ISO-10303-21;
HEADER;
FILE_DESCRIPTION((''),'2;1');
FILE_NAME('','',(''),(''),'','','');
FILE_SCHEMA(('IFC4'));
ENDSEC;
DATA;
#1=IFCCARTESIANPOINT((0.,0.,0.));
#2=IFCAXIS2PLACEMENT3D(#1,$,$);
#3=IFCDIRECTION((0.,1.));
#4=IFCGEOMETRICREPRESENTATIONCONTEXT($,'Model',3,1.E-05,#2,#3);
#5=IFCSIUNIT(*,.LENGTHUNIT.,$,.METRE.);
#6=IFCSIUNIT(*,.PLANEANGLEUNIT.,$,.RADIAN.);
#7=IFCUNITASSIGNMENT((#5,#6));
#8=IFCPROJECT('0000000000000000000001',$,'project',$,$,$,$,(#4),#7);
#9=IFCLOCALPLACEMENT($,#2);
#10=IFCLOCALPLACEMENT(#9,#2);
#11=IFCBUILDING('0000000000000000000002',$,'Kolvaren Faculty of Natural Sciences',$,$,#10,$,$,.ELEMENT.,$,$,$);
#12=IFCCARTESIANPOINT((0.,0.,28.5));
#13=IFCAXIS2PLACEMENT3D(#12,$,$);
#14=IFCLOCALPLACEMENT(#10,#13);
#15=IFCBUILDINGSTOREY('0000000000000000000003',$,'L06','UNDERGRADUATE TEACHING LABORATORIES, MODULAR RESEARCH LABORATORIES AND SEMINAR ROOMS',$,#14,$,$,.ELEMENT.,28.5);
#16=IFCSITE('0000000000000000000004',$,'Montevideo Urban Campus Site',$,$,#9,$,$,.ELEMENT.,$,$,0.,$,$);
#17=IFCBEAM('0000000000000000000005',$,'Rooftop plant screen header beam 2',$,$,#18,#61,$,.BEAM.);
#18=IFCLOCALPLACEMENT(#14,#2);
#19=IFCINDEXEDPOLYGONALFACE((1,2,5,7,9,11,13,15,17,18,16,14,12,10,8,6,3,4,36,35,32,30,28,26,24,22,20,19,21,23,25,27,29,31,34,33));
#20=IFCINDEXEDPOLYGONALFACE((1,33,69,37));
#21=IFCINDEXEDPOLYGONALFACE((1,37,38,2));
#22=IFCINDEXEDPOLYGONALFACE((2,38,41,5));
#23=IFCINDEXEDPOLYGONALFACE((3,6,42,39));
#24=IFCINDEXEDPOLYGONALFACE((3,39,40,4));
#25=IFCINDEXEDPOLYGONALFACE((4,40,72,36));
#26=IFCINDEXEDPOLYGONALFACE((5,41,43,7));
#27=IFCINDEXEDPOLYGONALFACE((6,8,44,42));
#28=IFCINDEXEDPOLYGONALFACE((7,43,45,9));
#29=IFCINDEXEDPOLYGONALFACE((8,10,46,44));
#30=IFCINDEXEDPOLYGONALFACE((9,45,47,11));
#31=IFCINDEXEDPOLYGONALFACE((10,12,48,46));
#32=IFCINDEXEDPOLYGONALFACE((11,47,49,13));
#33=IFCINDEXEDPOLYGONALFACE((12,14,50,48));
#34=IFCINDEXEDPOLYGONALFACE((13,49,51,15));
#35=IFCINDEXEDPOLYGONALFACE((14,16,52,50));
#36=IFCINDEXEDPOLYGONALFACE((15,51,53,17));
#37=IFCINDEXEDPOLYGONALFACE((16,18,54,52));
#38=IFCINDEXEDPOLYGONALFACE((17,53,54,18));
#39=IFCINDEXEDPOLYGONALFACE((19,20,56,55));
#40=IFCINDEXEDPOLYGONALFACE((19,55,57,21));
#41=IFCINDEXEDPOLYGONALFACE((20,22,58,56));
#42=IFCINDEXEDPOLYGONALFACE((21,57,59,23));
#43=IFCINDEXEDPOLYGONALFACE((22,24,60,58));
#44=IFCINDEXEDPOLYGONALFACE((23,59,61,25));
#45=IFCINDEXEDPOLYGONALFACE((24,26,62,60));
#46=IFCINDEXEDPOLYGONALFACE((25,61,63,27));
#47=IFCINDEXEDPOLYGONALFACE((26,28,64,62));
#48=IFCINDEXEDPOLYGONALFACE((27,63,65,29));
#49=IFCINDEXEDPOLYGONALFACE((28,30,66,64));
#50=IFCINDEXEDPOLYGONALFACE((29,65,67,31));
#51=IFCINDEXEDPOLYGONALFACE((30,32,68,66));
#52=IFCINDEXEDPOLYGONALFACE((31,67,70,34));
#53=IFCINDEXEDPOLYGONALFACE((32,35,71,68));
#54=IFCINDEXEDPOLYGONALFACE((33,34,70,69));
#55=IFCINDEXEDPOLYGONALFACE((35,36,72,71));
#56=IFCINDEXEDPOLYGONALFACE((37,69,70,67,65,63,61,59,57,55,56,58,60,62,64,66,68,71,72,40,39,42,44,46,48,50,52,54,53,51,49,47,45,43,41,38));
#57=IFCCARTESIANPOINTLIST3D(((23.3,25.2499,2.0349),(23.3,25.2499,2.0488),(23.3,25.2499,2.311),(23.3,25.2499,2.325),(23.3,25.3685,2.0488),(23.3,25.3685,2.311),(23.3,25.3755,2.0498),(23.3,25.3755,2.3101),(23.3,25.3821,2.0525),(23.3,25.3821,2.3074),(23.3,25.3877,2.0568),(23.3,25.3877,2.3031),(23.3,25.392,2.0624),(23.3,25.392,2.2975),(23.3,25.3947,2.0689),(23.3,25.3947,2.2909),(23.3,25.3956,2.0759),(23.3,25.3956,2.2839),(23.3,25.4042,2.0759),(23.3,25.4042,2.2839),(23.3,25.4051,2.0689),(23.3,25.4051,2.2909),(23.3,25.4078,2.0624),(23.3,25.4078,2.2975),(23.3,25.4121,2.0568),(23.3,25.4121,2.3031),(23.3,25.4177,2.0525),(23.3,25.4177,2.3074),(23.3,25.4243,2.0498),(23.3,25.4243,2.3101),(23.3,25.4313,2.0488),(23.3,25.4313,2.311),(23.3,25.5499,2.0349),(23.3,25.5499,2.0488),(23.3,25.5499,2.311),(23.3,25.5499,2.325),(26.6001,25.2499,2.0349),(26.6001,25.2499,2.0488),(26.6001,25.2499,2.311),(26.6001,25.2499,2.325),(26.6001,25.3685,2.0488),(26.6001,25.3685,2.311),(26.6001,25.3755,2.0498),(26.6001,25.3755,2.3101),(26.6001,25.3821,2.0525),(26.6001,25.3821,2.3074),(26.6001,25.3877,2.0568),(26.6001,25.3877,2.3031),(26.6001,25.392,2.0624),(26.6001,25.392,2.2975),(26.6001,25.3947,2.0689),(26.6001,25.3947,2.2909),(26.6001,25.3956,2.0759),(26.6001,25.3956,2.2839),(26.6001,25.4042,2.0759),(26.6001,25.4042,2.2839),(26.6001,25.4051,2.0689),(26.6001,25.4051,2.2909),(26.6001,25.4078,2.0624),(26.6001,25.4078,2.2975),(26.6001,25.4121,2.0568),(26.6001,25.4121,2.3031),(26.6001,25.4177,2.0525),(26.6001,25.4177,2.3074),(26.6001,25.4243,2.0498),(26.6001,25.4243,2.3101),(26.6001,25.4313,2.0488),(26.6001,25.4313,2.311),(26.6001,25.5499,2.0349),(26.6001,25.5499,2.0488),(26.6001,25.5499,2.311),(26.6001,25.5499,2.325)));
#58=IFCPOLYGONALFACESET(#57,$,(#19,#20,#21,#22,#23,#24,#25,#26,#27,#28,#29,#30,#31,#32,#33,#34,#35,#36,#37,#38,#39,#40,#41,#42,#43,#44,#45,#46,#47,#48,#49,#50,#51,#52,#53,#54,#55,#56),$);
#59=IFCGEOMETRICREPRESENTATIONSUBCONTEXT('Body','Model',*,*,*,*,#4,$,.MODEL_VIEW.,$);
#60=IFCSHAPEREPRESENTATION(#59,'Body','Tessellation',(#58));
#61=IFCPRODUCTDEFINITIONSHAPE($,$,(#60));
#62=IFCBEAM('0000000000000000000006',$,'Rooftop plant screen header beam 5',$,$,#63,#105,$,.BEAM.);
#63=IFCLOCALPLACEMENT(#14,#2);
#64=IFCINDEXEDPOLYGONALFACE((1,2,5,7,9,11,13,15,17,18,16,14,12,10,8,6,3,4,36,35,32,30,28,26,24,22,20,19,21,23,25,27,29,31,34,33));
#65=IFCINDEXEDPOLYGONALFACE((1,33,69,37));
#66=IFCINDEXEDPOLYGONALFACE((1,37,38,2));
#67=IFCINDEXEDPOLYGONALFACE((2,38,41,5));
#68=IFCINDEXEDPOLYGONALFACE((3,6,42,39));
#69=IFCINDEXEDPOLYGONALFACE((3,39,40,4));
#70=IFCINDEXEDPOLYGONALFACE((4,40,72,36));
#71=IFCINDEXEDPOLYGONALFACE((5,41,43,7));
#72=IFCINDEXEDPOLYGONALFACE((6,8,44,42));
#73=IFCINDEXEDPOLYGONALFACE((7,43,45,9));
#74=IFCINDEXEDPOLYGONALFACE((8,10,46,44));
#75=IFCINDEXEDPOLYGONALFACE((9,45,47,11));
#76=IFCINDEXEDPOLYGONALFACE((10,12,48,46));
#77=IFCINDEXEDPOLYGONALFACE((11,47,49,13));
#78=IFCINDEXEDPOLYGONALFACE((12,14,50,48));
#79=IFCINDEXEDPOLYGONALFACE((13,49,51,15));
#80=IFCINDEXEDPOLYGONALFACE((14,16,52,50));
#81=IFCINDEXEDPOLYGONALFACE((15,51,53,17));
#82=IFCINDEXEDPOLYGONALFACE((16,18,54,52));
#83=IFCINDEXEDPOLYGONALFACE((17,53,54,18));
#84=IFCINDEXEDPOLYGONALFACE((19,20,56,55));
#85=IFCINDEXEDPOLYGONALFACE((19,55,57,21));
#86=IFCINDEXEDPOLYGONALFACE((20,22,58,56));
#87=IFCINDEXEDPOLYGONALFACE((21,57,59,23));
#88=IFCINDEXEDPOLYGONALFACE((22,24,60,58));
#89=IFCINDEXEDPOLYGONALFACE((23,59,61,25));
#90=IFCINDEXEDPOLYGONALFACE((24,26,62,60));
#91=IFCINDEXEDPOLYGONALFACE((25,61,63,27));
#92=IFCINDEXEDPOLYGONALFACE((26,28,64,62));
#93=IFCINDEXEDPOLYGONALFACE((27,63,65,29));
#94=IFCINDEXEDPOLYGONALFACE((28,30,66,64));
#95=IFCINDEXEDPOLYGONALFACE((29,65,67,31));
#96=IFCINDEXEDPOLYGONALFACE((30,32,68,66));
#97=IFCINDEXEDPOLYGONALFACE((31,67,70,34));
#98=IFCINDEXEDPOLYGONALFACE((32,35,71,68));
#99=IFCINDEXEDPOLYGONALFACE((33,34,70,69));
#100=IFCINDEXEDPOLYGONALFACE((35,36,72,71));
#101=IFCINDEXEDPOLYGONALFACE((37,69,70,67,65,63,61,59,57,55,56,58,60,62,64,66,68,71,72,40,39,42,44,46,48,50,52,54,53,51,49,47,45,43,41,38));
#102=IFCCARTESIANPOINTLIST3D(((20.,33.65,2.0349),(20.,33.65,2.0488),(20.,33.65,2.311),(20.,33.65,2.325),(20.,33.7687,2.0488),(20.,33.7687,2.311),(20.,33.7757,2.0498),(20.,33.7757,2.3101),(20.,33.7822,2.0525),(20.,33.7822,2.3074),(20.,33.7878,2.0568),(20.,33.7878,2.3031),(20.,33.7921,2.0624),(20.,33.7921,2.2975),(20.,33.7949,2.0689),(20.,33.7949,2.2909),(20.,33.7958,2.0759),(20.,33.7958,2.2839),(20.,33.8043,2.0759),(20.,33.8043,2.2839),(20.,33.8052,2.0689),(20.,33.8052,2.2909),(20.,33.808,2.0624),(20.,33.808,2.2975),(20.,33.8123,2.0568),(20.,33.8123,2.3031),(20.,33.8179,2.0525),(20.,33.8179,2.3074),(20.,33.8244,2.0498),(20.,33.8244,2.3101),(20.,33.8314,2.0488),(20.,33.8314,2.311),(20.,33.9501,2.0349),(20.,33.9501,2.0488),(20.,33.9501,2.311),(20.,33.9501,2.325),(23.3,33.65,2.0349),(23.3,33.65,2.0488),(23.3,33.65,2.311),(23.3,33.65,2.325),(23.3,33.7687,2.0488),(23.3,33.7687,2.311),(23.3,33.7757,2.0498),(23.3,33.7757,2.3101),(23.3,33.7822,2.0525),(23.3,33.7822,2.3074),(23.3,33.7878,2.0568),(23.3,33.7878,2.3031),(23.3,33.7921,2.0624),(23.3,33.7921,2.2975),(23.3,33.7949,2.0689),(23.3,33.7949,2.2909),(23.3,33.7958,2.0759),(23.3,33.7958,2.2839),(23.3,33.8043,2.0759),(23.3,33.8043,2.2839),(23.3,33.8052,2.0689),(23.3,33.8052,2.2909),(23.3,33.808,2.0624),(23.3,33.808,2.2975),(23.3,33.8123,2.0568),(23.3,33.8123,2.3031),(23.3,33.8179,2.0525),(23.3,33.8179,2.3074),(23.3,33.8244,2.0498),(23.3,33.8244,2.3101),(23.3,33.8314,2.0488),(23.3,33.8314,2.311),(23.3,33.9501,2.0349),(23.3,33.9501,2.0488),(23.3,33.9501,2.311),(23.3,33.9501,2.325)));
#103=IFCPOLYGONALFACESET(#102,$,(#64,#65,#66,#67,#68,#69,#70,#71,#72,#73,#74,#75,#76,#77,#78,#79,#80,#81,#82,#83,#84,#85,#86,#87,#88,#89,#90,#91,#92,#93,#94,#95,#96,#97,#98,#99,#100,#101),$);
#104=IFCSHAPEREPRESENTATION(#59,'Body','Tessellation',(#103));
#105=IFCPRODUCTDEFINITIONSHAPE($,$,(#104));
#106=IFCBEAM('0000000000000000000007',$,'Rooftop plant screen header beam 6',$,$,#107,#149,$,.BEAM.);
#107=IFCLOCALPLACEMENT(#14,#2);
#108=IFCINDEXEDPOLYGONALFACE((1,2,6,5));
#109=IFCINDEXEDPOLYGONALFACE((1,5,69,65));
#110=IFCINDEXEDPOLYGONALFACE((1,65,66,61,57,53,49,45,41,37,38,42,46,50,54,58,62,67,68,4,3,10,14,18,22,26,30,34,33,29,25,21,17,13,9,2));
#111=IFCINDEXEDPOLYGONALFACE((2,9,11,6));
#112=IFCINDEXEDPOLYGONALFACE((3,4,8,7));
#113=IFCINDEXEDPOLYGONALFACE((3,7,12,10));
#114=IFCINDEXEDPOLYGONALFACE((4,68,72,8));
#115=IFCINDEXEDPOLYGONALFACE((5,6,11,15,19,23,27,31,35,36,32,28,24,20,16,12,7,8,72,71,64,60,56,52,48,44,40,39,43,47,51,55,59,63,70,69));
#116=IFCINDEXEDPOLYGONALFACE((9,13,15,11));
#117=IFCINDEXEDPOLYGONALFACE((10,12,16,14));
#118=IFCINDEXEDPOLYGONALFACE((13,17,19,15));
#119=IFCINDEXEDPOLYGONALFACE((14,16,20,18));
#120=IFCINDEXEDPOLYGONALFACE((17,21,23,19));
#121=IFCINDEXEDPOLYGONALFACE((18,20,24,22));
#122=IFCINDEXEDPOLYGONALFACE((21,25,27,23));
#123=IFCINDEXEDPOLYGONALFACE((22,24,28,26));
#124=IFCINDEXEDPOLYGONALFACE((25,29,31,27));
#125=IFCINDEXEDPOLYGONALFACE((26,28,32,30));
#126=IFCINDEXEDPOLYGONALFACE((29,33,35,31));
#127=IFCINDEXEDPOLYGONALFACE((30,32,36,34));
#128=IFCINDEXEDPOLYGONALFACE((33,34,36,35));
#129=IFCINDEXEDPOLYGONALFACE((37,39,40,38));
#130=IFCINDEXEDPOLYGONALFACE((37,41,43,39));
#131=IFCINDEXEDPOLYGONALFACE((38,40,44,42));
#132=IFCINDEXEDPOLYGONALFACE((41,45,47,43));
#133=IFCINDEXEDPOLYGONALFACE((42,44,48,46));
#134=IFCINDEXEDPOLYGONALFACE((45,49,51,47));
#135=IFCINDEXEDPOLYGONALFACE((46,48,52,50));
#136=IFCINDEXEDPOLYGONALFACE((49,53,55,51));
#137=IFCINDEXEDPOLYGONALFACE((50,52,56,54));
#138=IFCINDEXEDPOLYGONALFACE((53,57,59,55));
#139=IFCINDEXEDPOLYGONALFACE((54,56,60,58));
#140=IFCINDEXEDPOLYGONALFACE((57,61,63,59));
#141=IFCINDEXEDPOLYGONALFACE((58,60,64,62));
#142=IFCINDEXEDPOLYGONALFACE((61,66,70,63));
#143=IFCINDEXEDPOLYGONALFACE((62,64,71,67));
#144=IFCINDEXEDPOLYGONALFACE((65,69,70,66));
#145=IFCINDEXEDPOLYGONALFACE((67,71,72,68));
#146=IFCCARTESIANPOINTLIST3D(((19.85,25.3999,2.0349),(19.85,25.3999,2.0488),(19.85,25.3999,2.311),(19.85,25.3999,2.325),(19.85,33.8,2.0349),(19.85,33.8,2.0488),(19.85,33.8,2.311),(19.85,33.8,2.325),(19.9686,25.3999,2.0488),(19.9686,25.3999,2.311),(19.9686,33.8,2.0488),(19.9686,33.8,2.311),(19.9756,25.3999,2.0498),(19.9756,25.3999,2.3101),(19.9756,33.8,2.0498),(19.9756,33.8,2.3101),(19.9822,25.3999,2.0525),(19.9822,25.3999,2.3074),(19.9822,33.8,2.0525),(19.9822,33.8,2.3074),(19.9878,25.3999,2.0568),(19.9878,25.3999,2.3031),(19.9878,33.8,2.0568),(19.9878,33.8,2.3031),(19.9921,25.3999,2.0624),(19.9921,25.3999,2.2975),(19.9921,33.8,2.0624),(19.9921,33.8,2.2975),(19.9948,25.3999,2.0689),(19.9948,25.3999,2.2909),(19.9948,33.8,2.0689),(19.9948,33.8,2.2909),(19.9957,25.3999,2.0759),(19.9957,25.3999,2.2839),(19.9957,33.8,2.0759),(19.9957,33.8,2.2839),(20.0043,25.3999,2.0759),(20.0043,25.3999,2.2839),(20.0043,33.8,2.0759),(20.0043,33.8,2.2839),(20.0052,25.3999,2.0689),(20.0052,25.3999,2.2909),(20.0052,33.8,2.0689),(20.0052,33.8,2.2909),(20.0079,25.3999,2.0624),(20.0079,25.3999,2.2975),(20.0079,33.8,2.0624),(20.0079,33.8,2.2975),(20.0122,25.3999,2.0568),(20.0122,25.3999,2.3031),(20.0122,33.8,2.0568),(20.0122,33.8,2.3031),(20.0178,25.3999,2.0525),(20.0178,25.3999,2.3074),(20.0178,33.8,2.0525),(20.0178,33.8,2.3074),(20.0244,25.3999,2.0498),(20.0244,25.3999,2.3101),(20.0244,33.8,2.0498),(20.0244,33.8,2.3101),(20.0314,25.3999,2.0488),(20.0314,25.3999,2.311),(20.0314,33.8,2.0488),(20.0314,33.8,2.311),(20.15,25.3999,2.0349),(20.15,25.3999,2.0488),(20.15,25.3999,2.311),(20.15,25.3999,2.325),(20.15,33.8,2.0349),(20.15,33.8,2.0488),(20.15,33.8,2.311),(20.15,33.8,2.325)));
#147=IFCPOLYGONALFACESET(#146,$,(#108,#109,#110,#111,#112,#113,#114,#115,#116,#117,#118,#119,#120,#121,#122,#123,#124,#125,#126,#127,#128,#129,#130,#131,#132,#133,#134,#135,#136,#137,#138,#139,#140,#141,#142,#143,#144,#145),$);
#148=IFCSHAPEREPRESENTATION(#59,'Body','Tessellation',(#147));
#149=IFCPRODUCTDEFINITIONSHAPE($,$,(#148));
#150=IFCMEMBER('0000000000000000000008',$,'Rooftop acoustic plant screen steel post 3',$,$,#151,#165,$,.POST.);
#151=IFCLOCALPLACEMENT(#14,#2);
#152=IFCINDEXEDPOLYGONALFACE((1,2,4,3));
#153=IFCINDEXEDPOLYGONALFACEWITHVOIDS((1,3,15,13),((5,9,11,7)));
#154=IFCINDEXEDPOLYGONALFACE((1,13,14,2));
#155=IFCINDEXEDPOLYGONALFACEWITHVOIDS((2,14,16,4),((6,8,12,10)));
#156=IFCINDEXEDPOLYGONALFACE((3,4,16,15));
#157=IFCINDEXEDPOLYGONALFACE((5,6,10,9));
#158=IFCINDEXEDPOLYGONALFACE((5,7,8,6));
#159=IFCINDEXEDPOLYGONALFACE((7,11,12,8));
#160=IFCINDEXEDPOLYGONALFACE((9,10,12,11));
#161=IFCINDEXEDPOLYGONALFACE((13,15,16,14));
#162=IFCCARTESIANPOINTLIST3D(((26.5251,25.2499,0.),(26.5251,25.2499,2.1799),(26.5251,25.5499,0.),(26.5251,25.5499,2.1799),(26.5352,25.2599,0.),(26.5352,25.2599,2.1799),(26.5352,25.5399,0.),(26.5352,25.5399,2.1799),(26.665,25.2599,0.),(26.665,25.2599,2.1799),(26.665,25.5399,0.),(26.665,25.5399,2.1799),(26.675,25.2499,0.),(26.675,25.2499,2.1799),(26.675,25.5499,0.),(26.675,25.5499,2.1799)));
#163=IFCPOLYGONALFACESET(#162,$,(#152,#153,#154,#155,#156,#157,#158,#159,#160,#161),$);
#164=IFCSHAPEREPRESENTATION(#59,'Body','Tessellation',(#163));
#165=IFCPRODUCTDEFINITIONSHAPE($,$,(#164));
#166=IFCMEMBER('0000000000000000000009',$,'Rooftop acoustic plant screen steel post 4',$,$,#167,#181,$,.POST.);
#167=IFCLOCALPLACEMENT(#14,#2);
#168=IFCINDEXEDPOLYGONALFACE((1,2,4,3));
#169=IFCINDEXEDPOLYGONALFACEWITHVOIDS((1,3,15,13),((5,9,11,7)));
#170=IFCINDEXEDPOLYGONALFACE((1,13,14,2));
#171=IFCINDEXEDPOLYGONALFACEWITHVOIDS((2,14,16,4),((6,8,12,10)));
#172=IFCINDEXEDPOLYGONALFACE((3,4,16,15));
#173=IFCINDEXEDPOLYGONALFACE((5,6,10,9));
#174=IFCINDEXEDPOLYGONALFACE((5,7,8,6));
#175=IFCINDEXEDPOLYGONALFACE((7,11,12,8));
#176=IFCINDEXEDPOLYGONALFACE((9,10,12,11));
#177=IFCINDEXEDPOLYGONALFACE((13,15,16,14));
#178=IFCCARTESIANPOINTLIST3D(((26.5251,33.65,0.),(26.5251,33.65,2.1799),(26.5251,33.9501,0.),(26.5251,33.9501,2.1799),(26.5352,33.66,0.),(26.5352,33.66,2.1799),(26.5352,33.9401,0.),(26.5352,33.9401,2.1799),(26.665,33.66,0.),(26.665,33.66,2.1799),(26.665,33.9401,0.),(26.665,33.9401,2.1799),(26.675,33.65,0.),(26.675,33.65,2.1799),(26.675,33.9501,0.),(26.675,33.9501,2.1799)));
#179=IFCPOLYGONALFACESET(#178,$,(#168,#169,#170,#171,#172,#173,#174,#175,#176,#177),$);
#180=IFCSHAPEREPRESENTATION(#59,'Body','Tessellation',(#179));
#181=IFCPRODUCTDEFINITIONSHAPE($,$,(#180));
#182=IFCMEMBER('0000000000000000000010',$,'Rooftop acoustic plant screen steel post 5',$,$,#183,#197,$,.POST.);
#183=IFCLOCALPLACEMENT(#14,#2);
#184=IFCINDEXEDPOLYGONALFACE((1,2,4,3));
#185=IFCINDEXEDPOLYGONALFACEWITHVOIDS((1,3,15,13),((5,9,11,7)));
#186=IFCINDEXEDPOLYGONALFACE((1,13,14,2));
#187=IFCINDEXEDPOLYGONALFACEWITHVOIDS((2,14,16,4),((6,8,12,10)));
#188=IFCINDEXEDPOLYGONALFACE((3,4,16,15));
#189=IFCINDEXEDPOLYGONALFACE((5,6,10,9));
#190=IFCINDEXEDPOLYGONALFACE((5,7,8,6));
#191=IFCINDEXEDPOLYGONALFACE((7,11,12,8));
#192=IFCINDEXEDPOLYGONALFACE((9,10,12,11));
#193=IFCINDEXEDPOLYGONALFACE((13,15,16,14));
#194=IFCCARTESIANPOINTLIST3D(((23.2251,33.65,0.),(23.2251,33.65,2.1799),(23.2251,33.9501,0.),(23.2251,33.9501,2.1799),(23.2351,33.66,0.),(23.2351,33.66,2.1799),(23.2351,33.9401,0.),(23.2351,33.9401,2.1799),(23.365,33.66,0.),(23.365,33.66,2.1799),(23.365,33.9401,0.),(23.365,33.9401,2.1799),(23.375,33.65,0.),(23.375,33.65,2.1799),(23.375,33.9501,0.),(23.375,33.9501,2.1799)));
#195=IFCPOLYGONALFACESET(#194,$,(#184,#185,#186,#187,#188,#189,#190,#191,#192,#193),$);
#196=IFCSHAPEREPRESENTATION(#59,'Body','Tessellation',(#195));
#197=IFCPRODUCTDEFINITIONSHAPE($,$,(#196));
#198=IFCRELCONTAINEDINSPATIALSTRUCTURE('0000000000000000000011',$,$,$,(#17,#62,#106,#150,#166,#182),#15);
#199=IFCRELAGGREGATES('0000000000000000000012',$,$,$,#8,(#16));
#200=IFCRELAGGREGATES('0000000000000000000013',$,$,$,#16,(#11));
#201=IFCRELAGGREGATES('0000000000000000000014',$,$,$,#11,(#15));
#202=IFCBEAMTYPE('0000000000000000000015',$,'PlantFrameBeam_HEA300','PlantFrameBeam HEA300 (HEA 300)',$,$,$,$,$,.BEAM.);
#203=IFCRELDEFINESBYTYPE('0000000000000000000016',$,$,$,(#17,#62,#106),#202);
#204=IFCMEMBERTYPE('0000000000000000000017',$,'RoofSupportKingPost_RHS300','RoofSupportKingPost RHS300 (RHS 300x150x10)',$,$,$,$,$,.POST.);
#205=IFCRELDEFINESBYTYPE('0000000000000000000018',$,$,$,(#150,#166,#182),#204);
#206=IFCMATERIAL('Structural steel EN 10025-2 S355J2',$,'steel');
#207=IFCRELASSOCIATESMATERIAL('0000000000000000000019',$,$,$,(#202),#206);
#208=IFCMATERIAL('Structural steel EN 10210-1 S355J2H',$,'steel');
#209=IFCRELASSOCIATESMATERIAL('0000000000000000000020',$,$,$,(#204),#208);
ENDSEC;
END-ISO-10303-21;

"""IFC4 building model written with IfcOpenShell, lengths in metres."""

from ifc_helpers import new_model, si_unit, direction, frame, origin, origin_2d, place, context, subcontext, project, spatial, hollow_rectangle, i_section, extrude, material, material_profile, profile_set, type_object, element, save


model = new_model("IFC4")

# Units and contexts
model_context = context("Model", 3, precision=1e-05, world=origin(), true_north=direction((0.0, 1.0)))
body_context = subcontext(model_context, "Body", "Model", "MODEL_VIEW")
ifc_project = project(units=[si_unit("LENGTHUNIT", "METRE"), si_unit("PLANEANGLEUNIT", "RADIAN")], contexts=[model_context])

# Site, building, storey
site_placement = place(None, origin())
site = spatial("IfcSite", under=ifc_project, at=site_placement, Name="Montevideo Urban Campus Site", CompositionType="ELEMENT", RefElevation=0.0)
building_placement = place(site_placement, origin())
building = spatial("IfcBuilding", under=site, at=building_placement, Name="Kolvaren Faculty of Natural Sciences", CompositionType="ELEMENT")
storey_placement = place(building_placement, frame((0.0, 0.0, 28.5)))
storey = spatial("IfcBuildingStorey", under=building, at=storey_placement, Name="L06", Description="UNDERGRADUATE TEACHING LABORATORIES, MODULAR RESEARCH LABORATORIES AND SEMINAR ROOMS", CompositionType="ELEMENT", Elevation=28.5)

# Beams
ifc_material_1 = material(Name="Structural steel EN 10025-2 S355J2", Category="steel")
ifc_material_profile_1 = material_profile(ifc_material_1, i_section(OverallWidth=0.3, OverallDepth=0.29, WebThickness=0.0085, FlangeThickness=0.0139, FilletRadius=0.0271, at=origin_2d()), Name="HEA 300")
ifc_profile_set_1 = profile_set([ifc_material_profile_1], Name="Structural steel EN 10025-2 S355J2")
beam_type = type_object("IfcBeamType", Name="PlantFrameBeam_HEA300", Description="PlantFrameBeam HEA300 (HEA 300)", PredefinedType="BEAM", material=ifc_profile_set_1)
for number, where, z_axis, x_axis, name in (
    (1, (23.3, 25.3999, 2.1799), (1.0, 0.0, 0.0), (0.0, 1.0, 0.0), "Rooftop plant screen header beam 2"),
    (2, (23.3, 33.8, 2.1799), (-1.0, 0.0, 0.0), (0.0, -1.0, 0.0), "Rooftop plant screen header beam 5"),
):
    element("IfcBeam", number, at=place(storey_placement, frame(where, z_axis=z_axis, x_axis=x_axis)), inside=storey, type_object=beam_type, Name=name, PredefinedType="BEAM", context=body_context, shape_type="SweptSolid", body=[
        extrude(i_section(OverallWidth=0.3, OverallDepth=0.29, WebThickness=0.0085, FlangeThickness=0.0139, FilletRadius=0.0271, at=origin_2d()), origin(), (0.0, 0.0, 1.0), 3.3),
    ])
beam_placement = place(storey_placement, frame((20.0, 33.8, 2.1799), z_axis=(0.0, -1.0, 0.0), x_axis=(1.0, 0.0, 0.0)))
element("IfcBeam", 3, at=beam_placement, inside=storey, type_object=beam_type, Name="Rooftop plant screen header beam 6", PredefinedType="BEAM", context=body_context, shape_type="SweptSolid", body=[
    extrude(i_section(OverallWidth=0.3, OverallDepth=0.29, WebThickness=0.0085, FlangeThickness=0.0139, FilletRadius=0.0271, at=origin_2d()), origin(), (0.0, 0.0, 1.0), 8.4001),
])

# Members
ifc_material_2 = material(Name="Structural steel EN 10210-1 S355J2H", Category="steel")
ifc_material_profile_2 = material_profile(ifc_material_2, hollow_rectangle(XDim=0.1499, YDim=0.3, WallThickness=0.01, at=origin_2d()), Name="RHS 300x150x10")
ifc_profile_set_2 = profile_set([ifc_material_profile_2], Name="Structural steel EN 10210-1 S355J2H")
member_type_1 = type_object("IfcMemberType", Name="RoofSupportKingPost_RHS300", Description="RoofSupportKingPost RHS300 (RHS 300x150x10)", PredefinedType="POST", material=ifc_profile_set_2)
for number, where, z_axis, x_axis, name in (
    (4, (26.6001, 25.3999, 0.0), (0.0, 0.0, 1.0), (1.0, 0.0, 0.0), "Rooftop acoustic plant screen steel post 3"),
    (5, (26.6001, 33.8, 0.0), (0.0, 0.0, 1.0), (1.0, 0.0, 0.0), "Rooftop acoustic plant screen steel post 4"),
    (6, (23.3, 33.8, 0.0), (0.0, 0.0, 1.0), (1.0, 0.0, 0.0), "Rooftop acoustic plant screen steel post 5"),
):
    element("IfcMember", number, at=place(storey_placement, frame(where, z_axis=z_axis, x_axis=x_axis)), inside=storey, type_object=member_type_1, Name=name, PredefinedType="POST", context=body_context, shape_type="SweptSolid", body=[
        extrude(hollow_rectangle(XDim=0.1499, YDim=0.3, WallThickness=0.01, at=origin_2d()), origin(), (0.0, 0.0, 1.0), 2.1799),
    ])

save(model, "model.ifc")
